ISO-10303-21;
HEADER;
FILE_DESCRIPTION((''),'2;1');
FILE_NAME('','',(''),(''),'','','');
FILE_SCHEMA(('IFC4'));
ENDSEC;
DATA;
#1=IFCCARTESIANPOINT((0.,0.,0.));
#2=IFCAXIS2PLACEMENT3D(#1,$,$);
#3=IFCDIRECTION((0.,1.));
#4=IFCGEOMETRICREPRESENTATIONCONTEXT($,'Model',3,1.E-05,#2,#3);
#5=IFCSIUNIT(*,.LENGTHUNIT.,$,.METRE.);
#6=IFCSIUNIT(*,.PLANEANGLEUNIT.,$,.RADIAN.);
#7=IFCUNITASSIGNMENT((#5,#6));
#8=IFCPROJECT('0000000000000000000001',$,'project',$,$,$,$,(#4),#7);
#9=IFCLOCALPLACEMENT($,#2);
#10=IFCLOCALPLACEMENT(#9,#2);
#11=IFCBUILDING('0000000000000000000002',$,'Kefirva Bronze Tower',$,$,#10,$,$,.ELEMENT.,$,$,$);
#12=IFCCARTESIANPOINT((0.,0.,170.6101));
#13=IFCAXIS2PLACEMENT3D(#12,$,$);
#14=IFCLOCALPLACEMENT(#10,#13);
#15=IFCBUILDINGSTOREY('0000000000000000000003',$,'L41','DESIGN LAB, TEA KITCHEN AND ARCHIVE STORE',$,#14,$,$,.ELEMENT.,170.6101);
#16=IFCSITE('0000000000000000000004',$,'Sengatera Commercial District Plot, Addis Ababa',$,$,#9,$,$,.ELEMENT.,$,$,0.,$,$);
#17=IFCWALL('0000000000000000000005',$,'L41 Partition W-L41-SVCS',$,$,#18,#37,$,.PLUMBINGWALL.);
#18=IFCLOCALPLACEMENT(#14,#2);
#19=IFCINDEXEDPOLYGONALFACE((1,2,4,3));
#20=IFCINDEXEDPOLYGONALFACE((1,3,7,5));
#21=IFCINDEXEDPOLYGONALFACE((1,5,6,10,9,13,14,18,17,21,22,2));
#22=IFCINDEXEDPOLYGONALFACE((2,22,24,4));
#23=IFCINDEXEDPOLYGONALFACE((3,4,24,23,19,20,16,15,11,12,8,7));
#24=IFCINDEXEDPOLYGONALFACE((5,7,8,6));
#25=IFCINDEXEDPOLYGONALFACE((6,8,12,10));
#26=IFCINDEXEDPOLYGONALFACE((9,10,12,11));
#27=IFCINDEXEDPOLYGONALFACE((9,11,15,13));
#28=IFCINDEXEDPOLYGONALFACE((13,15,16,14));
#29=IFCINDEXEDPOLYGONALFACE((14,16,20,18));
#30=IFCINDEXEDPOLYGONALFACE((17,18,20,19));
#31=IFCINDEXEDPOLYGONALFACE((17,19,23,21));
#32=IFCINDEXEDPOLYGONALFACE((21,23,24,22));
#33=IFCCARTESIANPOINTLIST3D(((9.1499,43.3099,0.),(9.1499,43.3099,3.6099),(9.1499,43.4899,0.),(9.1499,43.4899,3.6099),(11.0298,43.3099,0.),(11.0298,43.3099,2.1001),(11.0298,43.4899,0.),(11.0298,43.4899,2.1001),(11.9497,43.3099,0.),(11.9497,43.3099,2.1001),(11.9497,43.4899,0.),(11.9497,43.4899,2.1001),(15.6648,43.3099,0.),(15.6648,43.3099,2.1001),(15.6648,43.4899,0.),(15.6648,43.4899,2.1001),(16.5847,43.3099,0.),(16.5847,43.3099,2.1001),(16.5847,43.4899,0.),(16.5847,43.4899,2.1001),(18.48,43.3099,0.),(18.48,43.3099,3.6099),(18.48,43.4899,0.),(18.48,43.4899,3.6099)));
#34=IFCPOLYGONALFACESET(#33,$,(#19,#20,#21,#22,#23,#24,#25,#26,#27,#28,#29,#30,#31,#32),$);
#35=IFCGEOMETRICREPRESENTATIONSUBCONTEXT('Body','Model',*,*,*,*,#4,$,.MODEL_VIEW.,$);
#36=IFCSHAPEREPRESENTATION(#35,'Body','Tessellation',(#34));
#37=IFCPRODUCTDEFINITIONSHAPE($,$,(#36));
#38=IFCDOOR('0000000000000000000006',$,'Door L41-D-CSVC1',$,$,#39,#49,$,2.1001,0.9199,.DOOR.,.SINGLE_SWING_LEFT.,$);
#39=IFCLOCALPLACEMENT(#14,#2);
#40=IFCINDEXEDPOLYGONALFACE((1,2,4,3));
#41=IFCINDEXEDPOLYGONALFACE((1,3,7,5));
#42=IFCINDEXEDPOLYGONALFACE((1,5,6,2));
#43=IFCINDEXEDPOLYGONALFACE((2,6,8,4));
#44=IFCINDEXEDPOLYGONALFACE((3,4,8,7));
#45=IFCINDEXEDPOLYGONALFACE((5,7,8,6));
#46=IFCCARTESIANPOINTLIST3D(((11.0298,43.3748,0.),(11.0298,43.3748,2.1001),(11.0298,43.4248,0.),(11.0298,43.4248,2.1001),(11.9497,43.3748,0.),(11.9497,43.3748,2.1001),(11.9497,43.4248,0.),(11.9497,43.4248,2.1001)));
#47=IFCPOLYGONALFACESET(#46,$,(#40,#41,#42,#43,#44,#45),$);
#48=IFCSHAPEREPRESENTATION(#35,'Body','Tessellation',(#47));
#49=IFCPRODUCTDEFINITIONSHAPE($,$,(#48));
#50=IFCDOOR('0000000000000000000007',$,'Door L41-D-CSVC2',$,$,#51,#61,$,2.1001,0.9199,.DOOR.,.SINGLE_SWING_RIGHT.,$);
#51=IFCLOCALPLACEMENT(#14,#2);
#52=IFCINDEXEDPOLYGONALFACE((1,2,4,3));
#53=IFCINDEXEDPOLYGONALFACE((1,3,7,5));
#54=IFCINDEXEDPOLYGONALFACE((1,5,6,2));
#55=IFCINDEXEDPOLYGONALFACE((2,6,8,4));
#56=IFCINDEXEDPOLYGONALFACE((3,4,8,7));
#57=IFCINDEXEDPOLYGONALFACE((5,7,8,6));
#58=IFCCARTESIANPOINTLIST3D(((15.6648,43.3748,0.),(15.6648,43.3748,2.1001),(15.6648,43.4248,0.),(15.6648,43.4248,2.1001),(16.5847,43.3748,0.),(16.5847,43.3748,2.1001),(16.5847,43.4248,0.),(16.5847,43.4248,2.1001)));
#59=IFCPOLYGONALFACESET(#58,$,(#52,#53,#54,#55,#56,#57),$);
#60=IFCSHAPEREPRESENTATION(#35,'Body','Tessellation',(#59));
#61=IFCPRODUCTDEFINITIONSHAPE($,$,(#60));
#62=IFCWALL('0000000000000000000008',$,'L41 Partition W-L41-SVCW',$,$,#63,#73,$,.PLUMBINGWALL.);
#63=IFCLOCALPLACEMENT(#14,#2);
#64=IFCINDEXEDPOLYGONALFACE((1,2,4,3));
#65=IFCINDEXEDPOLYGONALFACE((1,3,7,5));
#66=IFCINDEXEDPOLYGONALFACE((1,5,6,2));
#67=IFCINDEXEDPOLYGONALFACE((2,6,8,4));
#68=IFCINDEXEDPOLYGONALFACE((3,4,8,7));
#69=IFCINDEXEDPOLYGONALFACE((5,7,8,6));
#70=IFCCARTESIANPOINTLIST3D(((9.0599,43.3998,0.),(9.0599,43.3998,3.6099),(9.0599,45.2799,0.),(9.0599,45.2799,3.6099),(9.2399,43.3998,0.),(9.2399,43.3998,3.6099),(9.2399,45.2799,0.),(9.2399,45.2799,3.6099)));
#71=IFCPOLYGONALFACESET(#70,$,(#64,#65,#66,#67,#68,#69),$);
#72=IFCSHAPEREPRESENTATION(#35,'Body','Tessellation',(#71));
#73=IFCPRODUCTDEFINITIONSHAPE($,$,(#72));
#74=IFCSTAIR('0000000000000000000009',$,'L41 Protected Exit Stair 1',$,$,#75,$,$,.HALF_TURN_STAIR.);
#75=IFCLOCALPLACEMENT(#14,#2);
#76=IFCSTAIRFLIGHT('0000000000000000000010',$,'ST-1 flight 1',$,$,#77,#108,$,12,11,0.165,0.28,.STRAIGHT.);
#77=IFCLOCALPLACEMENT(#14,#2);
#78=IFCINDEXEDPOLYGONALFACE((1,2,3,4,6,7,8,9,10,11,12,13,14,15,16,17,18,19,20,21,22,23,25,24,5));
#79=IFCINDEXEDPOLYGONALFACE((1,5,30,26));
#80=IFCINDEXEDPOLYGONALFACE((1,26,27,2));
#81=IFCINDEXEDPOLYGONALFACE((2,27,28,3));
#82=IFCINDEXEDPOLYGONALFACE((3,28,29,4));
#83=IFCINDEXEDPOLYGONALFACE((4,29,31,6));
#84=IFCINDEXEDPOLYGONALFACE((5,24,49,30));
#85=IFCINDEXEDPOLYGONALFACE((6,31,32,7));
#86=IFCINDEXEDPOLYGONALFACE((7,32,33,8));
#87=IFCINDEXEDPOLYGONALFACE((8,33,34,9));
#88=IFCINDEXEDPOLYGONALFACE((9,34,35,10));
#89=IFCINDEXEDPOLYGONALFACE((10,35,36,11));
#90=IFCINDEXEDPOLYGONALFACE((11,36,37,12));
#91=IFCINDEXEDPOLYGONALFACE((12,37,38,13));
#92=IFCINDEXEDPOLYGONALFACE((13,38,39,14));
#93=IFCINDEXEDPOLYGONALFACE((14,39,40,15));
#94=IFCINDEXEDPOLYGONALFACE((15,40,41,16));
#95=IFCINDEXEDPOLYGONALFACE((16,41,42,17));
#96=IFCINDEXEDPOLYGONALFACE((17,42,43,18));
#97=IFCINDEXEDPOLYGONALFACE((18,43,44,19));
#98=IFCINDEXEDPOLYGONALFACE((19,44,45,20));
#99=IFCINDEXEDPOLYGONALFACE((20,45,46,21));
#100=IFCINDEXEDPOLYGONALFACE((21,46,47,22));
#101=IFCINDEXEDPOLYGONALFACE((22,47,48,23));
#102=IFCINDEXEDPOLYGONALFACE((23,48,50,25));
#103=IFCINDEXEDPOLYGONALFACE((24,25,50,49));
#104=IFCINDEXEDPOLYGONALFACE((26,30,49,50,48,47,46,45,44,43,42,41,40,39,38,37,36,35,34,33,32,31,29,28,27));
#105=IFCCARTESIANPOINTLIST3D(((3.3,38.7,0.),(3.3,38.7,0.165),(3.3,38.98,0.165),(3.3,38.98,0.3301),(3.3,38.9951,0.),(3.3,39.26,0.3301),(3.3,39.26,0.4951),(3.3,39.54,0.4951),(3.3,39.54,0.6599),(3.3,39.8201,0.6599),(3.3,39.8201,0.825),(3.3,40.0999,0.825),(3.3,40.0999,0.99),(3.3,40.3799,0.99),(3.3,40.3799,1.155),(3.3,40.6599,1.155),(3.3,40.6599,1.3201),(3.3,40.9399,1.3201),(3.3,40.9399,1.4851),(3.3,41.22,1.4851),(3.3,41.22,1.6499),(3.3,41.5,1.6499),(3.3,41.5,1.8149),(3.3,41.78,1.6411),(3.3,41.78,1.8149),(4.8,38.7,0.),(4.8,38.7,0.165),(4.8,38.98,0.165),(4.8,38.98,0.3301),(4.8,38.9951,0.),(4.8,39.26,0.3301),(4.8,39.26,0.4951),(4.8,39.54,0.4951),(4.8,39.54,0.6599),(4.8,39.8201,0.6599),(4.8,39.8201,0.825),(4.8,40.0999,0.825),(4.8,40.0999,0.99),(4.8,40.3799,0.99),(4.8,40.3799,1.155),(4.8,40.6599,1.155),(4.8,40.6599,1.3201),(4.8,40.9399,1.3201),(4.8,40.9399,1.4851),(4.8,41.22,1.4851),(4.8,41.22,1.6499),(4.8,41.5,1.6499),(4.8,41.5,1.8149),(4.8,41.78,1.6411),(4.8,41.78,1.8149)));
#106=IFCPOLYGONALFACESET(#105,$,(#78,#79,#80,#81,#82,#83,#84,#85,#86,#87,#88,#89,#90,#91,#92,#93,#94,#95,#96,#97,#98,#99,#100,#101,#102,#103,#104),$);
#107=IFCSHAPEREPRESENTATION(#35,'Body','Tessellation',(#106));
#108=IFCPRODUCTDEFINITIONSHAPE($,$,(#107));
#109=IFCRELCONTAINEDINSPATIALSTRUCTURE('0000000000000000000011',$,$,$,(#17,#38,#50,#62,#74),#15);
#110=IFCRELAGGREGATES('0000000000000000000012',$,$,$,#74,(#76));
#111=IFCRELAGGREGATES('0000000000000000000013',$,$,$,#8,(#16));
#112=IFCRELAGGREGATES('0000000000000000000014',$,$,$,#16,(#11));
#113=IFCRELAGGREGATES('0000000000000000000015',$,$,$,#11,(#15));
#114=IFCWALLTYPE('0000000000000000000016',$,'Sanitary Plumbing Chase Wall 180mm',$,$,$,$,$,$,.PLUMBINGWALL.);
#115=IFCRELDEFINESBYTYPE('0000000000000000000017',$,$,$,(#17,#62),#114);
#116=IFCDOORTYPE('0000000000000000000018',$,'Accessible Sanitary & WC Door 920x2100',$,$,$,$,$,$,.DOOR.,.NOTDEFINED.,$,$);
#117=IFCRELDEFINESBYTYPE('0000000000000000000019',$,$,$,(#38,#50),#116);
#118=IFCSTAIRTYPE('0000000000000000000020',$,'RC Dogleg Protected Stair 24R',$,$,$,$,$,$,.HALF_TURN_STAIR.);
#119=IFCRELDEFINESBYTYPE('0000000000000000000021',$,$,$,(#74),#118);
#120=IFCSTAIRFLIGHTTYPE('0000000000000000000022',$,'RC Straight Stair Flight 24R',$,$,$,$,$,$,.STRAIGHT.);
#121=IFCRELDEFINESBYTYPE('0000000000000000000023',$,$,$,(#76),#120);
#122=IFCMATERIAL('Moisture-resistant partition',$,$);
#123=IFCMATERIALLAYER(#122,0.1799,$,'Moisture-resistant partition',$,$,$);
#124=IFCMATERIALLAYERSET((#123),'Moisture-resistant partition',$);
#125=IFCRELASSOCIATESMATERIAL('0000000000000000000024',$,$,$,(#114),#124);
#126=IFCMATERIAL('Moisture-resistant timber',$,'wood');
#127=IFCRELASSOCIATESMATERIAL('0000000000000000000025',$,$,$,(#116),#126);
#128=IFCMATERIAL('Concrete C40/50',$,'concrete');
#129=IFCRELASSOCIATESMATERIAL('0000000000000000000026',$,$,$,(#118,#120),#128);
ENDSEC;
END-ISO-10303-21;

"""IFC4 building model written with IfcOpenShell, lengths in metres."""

from ifc_helpers import new_model, si_unit, direction, frame, frame_2d, origin, place, context, subcontext, project, spatial, polyline, rectangle, outline, extrude, material, layer, layer_set, type_object, element, fill, aggregate, save


model = new_model("IFC4")

# Units and contexts
model_context = context("Model", 3, precision=1e-05, world=origin(), true_north=direction((0.0, 1.0)))
body_context = subcontext(model_context, "Body", "Model", "MODEL_VIEW")
ifc_project = project(units=[si_unit("LENGTHUNIT", "METRE"), si_unit("PLANEANGLEUNIT", "RADIAN")], contexts=[model_context])

# Site, building, storey
site_placement = place(None, origin())
site = spatial("IfcSite", under=ifc_project, at=site_placement, Name="Sengatera Commercial District Plot, Addis Ababa", CompositionType="ELEMENT", RefElevation=0.0)
building_placement = place(site_placement, origin())
building = spatial("IfcBuilding", under=site, at=building_placement, Name="Kefirva Bronze Tower", CompositionType="ELEMENT")
storey_placement = place(building_placement, frame((0.0, 0.0, 170.6101)))
storey = spatial("IfcBuildingStorey", under=building, at=storey_placement, Name="L41", Description="DESIGN LAB, TEA KITCHEN AND ARCHIVE STORE", CompositionType="ELEMENT", Elevation=170.6101)

# Wall, openings, doors
ifc_material_1 = material(Name="Moisture-resistant partition")
ifc_layer_1 = layer(ifc_material_1, 0.1799, Name="Moisture-resistant partition")
ifc_layer_set_1 = layer_set([ifc_layer_1], Name="Moisture-resistant partition")
wall_type_1 = type_object("IfcWallType", Name="Sanitary Plumbing Chase Wall 180mm", PredefinedType="PLUMBINGWALL", material=ifc_layer_set_1)
wall_1_placement = place(storey_placement, frame((9.1499, 43.3999, 0.0), z_axis=(0.0, 0.0, 1.0), x_axis=(1.0, 0.0, 0.0)))
wall_1 = element("IfcWall", 1, at=wall_1_placement, inside=storey, type_object=wall_type_1, Name="L41 Partition W-L41-SVCS", PredefinedType="PLUMBINGWALL", context=body_context, shape_type="SweptSolid", body=[
    extrude(rectangle(XDim=9.3301, YDim=0.1799, at=frame_2d((4.665, 0.0))), origin(), (0.0, 0.0, 1.0), 3.6099),
])
opening_1_placement = place(wall_1_placement, frame((1.8799, 0.0, 0.0)))
opening_1 = element("IfcOpeningElement", 2, at=opening_1_placement, cuts=wall_1, PredefinedType="OPENING", context=body_context, shape_type="SweptSolid", body=[
    extrude(rectangle(XDim=0.9199, YDim=2.1001, at=frame_2d((0.46, 1.05))), frame((0.0, 0.1001, 0.0), z_axis=(0.0, -1.0, 0.0), x_axis=(1.0, 0.0, 0.0)), (0.0, 0.0, 1.0), 0.2),
])
opening_2_placement = place(wall_1_placement, frame((6.5149, 0.0, 0.0)))
opening_2 = element("IfcOpeningElement", 3, at=opening_2_placement, cuts=wall_1, PredefinedType="OPENING", context=body_context, shape_type="SweptSolid", body=[
    extrude(rectangle(XDim=0.9199, YDim=2.1001, at=frame_2d((0.46, 1.05))), frame((0.0, 0.1001, 0.0), z_axis=(0.0, -1.0, 0.0), x_axis=(1.0, 0.0, 0.0)), (0.0, 0.0, 1.0), 0.2),
])
ifc_material_2 = material(Name="Moisture-resistant timber", Category="wood")
door_type_1 = type_object("IfcDoorType", Name="Accessible Sanitary & WC Door 920x2100", OperationType="NOTDEFINED", PredefinedType="DOOR", material=ifc_material_2)
door_1_placement = place(opening_1_placement, origin())
door_1 = element("IfcDoor", 4, at=door_1_placement, inside=storey, type_object=door_type_1, Name="Door L41-D-CSVC1", OperationType="SINGLE_SWING_LEFT", OverallHeight=2.1001, OverallWidth=0.9199, PredefinedType="DOOR", context=body_context, shape_type="SweptSolid", body=[
    extrude(rectangle(XDim=0.9199, YDim=2.1001, at=frame_2d((0.46, 1.05))), frame((0.0, 0.0249, 0.0), z_axis=(0.0, -1.0, 0.0), x_axis=(1.0, 0.0, 0.0)), (0.0, 0.0, 1.0), 0.05),
])
fill(opening_1, door_1)
door_2_placement = place(opening_2_placement, origin())
door_2 = element("IfcDoor", 5, at=door_2_placement, inside=storey, type_object=door_type_1, Name="Door L41-D-CSVC2", OperationType="SINGLE_SWING_RIGHT", OverallHeight=2.1001, OverallWidth=0.9199, PredefinedType="DOOR", context=body_context, shape_type="SweptSolid", body=[
    extrude(rectangle(XDim=0.9199, YDim=2.1001, at=frame_2d((0.46, 1.05))), frame((0.0, 0.0249, 0.0), z_axis=(0.0, -1.0, 0.0), x_axis=(1.0, 0.0, 0.0)), (0.0, 0.0, 1.0), 0.05),
])
fill(opening_2, door_2)

# Wall
wall_2_placement = place(storey_placement, frame((9.1499, 43.3999, 0.0), z_axis=(0.0, 0.0, 1.0), x_axis=(0.0, 1.0, 0.0)))
element("IfcWall", 6, at=wall_2_placement, inside=storey, type_object=wall_type_1, Name="L41 Partition W-L41-SVCW", PredefinedType="PLUMBINGWALL", context=body_context, shape_type="SweptSolid", body=[
    extrude(rectangle(XDim=1.8801, YDim=0.1799, at=frame_2d((0.9399, 0.0))), origin(), (0.0, 0.0, 1.0), 3.6099),
])

# Stair, stair flight
ifc_material_3 = material(Name="Concrete C40/50", Category="concrete")
stair_type = type_object("IfcStairType", Name="RC Dogleg Protected Stair 24R", PredefinedType="HALF_TURN_STAIR", material=ifc_material_3)
stair_placement = place(storey_placement, origin())
stair = element("IfcStair", 7, at=stair_placement, inside=storey, type_object=stair_type, Name="L41 Protected Exit Stair 1", PredefinedType="HALF_TURN_STAIR")
stair_flight_type = type_object("IfcStairFlightType", Name="RC Straight Stair Flight 24R", PredefinedType="STRAIGHT", material=ifc_material_3)
stair_flight_placement = place(storey_placement, frame((4.05, 38.7, 0.0), z_axis=(0.0, 0.0, 1.0), x_axis=(0.0, 1.0, 0.0)))
stair_flight = element("IfcStairFlight", 8, at=stair_flight_placement, type_object=stair_flight_type, Name="ST-1 flight 1", NumberOfRisers=12, NumberOfTreads=11, PredefinedType="STRAIGHT", RiserHeight=0.165, TreadLength=0.28, context=body_context, shape_type="SweptSolid", body=[
    extrude(outline(polyline([(0.0, 0.0), (0.0, 0.165), (0.28, 0.165), (0.28, 0.3301), (0.5601, 0.3301), (0.5601, 0.4951), (0.8401, 0.4951), (0.8401, 0.6599), (1.1201, 0.6599), (1.1201, 0.825), (1.3999, 0.825), (1.3999, 0.99), (1.6799, 0.99), (1.6799, 1.155), (1.96, 1.155), (1.96, 1.3201), (2.24, 1.3201), (2.24, 1.4851), (2.52, 1.4851), (2.52, 1.6499), (2.8, 1.6499), (2.8, 1.8149), (3.0801, 1.8149), (3.0801, 1.98), (3.0801, 1.6411), (0.2952, 0.0), (0.0, 0.0)])), frame((0.0, 0.75, 0.0), z_axis=(0.0, -1.0, 0.0), x_axis=(1.0, 0.0, 0.0)), (0.0, 0.0, 1.0), 1.5),
])
aggregate(stair, [stair_flight])

save(model, "model.ifc")
